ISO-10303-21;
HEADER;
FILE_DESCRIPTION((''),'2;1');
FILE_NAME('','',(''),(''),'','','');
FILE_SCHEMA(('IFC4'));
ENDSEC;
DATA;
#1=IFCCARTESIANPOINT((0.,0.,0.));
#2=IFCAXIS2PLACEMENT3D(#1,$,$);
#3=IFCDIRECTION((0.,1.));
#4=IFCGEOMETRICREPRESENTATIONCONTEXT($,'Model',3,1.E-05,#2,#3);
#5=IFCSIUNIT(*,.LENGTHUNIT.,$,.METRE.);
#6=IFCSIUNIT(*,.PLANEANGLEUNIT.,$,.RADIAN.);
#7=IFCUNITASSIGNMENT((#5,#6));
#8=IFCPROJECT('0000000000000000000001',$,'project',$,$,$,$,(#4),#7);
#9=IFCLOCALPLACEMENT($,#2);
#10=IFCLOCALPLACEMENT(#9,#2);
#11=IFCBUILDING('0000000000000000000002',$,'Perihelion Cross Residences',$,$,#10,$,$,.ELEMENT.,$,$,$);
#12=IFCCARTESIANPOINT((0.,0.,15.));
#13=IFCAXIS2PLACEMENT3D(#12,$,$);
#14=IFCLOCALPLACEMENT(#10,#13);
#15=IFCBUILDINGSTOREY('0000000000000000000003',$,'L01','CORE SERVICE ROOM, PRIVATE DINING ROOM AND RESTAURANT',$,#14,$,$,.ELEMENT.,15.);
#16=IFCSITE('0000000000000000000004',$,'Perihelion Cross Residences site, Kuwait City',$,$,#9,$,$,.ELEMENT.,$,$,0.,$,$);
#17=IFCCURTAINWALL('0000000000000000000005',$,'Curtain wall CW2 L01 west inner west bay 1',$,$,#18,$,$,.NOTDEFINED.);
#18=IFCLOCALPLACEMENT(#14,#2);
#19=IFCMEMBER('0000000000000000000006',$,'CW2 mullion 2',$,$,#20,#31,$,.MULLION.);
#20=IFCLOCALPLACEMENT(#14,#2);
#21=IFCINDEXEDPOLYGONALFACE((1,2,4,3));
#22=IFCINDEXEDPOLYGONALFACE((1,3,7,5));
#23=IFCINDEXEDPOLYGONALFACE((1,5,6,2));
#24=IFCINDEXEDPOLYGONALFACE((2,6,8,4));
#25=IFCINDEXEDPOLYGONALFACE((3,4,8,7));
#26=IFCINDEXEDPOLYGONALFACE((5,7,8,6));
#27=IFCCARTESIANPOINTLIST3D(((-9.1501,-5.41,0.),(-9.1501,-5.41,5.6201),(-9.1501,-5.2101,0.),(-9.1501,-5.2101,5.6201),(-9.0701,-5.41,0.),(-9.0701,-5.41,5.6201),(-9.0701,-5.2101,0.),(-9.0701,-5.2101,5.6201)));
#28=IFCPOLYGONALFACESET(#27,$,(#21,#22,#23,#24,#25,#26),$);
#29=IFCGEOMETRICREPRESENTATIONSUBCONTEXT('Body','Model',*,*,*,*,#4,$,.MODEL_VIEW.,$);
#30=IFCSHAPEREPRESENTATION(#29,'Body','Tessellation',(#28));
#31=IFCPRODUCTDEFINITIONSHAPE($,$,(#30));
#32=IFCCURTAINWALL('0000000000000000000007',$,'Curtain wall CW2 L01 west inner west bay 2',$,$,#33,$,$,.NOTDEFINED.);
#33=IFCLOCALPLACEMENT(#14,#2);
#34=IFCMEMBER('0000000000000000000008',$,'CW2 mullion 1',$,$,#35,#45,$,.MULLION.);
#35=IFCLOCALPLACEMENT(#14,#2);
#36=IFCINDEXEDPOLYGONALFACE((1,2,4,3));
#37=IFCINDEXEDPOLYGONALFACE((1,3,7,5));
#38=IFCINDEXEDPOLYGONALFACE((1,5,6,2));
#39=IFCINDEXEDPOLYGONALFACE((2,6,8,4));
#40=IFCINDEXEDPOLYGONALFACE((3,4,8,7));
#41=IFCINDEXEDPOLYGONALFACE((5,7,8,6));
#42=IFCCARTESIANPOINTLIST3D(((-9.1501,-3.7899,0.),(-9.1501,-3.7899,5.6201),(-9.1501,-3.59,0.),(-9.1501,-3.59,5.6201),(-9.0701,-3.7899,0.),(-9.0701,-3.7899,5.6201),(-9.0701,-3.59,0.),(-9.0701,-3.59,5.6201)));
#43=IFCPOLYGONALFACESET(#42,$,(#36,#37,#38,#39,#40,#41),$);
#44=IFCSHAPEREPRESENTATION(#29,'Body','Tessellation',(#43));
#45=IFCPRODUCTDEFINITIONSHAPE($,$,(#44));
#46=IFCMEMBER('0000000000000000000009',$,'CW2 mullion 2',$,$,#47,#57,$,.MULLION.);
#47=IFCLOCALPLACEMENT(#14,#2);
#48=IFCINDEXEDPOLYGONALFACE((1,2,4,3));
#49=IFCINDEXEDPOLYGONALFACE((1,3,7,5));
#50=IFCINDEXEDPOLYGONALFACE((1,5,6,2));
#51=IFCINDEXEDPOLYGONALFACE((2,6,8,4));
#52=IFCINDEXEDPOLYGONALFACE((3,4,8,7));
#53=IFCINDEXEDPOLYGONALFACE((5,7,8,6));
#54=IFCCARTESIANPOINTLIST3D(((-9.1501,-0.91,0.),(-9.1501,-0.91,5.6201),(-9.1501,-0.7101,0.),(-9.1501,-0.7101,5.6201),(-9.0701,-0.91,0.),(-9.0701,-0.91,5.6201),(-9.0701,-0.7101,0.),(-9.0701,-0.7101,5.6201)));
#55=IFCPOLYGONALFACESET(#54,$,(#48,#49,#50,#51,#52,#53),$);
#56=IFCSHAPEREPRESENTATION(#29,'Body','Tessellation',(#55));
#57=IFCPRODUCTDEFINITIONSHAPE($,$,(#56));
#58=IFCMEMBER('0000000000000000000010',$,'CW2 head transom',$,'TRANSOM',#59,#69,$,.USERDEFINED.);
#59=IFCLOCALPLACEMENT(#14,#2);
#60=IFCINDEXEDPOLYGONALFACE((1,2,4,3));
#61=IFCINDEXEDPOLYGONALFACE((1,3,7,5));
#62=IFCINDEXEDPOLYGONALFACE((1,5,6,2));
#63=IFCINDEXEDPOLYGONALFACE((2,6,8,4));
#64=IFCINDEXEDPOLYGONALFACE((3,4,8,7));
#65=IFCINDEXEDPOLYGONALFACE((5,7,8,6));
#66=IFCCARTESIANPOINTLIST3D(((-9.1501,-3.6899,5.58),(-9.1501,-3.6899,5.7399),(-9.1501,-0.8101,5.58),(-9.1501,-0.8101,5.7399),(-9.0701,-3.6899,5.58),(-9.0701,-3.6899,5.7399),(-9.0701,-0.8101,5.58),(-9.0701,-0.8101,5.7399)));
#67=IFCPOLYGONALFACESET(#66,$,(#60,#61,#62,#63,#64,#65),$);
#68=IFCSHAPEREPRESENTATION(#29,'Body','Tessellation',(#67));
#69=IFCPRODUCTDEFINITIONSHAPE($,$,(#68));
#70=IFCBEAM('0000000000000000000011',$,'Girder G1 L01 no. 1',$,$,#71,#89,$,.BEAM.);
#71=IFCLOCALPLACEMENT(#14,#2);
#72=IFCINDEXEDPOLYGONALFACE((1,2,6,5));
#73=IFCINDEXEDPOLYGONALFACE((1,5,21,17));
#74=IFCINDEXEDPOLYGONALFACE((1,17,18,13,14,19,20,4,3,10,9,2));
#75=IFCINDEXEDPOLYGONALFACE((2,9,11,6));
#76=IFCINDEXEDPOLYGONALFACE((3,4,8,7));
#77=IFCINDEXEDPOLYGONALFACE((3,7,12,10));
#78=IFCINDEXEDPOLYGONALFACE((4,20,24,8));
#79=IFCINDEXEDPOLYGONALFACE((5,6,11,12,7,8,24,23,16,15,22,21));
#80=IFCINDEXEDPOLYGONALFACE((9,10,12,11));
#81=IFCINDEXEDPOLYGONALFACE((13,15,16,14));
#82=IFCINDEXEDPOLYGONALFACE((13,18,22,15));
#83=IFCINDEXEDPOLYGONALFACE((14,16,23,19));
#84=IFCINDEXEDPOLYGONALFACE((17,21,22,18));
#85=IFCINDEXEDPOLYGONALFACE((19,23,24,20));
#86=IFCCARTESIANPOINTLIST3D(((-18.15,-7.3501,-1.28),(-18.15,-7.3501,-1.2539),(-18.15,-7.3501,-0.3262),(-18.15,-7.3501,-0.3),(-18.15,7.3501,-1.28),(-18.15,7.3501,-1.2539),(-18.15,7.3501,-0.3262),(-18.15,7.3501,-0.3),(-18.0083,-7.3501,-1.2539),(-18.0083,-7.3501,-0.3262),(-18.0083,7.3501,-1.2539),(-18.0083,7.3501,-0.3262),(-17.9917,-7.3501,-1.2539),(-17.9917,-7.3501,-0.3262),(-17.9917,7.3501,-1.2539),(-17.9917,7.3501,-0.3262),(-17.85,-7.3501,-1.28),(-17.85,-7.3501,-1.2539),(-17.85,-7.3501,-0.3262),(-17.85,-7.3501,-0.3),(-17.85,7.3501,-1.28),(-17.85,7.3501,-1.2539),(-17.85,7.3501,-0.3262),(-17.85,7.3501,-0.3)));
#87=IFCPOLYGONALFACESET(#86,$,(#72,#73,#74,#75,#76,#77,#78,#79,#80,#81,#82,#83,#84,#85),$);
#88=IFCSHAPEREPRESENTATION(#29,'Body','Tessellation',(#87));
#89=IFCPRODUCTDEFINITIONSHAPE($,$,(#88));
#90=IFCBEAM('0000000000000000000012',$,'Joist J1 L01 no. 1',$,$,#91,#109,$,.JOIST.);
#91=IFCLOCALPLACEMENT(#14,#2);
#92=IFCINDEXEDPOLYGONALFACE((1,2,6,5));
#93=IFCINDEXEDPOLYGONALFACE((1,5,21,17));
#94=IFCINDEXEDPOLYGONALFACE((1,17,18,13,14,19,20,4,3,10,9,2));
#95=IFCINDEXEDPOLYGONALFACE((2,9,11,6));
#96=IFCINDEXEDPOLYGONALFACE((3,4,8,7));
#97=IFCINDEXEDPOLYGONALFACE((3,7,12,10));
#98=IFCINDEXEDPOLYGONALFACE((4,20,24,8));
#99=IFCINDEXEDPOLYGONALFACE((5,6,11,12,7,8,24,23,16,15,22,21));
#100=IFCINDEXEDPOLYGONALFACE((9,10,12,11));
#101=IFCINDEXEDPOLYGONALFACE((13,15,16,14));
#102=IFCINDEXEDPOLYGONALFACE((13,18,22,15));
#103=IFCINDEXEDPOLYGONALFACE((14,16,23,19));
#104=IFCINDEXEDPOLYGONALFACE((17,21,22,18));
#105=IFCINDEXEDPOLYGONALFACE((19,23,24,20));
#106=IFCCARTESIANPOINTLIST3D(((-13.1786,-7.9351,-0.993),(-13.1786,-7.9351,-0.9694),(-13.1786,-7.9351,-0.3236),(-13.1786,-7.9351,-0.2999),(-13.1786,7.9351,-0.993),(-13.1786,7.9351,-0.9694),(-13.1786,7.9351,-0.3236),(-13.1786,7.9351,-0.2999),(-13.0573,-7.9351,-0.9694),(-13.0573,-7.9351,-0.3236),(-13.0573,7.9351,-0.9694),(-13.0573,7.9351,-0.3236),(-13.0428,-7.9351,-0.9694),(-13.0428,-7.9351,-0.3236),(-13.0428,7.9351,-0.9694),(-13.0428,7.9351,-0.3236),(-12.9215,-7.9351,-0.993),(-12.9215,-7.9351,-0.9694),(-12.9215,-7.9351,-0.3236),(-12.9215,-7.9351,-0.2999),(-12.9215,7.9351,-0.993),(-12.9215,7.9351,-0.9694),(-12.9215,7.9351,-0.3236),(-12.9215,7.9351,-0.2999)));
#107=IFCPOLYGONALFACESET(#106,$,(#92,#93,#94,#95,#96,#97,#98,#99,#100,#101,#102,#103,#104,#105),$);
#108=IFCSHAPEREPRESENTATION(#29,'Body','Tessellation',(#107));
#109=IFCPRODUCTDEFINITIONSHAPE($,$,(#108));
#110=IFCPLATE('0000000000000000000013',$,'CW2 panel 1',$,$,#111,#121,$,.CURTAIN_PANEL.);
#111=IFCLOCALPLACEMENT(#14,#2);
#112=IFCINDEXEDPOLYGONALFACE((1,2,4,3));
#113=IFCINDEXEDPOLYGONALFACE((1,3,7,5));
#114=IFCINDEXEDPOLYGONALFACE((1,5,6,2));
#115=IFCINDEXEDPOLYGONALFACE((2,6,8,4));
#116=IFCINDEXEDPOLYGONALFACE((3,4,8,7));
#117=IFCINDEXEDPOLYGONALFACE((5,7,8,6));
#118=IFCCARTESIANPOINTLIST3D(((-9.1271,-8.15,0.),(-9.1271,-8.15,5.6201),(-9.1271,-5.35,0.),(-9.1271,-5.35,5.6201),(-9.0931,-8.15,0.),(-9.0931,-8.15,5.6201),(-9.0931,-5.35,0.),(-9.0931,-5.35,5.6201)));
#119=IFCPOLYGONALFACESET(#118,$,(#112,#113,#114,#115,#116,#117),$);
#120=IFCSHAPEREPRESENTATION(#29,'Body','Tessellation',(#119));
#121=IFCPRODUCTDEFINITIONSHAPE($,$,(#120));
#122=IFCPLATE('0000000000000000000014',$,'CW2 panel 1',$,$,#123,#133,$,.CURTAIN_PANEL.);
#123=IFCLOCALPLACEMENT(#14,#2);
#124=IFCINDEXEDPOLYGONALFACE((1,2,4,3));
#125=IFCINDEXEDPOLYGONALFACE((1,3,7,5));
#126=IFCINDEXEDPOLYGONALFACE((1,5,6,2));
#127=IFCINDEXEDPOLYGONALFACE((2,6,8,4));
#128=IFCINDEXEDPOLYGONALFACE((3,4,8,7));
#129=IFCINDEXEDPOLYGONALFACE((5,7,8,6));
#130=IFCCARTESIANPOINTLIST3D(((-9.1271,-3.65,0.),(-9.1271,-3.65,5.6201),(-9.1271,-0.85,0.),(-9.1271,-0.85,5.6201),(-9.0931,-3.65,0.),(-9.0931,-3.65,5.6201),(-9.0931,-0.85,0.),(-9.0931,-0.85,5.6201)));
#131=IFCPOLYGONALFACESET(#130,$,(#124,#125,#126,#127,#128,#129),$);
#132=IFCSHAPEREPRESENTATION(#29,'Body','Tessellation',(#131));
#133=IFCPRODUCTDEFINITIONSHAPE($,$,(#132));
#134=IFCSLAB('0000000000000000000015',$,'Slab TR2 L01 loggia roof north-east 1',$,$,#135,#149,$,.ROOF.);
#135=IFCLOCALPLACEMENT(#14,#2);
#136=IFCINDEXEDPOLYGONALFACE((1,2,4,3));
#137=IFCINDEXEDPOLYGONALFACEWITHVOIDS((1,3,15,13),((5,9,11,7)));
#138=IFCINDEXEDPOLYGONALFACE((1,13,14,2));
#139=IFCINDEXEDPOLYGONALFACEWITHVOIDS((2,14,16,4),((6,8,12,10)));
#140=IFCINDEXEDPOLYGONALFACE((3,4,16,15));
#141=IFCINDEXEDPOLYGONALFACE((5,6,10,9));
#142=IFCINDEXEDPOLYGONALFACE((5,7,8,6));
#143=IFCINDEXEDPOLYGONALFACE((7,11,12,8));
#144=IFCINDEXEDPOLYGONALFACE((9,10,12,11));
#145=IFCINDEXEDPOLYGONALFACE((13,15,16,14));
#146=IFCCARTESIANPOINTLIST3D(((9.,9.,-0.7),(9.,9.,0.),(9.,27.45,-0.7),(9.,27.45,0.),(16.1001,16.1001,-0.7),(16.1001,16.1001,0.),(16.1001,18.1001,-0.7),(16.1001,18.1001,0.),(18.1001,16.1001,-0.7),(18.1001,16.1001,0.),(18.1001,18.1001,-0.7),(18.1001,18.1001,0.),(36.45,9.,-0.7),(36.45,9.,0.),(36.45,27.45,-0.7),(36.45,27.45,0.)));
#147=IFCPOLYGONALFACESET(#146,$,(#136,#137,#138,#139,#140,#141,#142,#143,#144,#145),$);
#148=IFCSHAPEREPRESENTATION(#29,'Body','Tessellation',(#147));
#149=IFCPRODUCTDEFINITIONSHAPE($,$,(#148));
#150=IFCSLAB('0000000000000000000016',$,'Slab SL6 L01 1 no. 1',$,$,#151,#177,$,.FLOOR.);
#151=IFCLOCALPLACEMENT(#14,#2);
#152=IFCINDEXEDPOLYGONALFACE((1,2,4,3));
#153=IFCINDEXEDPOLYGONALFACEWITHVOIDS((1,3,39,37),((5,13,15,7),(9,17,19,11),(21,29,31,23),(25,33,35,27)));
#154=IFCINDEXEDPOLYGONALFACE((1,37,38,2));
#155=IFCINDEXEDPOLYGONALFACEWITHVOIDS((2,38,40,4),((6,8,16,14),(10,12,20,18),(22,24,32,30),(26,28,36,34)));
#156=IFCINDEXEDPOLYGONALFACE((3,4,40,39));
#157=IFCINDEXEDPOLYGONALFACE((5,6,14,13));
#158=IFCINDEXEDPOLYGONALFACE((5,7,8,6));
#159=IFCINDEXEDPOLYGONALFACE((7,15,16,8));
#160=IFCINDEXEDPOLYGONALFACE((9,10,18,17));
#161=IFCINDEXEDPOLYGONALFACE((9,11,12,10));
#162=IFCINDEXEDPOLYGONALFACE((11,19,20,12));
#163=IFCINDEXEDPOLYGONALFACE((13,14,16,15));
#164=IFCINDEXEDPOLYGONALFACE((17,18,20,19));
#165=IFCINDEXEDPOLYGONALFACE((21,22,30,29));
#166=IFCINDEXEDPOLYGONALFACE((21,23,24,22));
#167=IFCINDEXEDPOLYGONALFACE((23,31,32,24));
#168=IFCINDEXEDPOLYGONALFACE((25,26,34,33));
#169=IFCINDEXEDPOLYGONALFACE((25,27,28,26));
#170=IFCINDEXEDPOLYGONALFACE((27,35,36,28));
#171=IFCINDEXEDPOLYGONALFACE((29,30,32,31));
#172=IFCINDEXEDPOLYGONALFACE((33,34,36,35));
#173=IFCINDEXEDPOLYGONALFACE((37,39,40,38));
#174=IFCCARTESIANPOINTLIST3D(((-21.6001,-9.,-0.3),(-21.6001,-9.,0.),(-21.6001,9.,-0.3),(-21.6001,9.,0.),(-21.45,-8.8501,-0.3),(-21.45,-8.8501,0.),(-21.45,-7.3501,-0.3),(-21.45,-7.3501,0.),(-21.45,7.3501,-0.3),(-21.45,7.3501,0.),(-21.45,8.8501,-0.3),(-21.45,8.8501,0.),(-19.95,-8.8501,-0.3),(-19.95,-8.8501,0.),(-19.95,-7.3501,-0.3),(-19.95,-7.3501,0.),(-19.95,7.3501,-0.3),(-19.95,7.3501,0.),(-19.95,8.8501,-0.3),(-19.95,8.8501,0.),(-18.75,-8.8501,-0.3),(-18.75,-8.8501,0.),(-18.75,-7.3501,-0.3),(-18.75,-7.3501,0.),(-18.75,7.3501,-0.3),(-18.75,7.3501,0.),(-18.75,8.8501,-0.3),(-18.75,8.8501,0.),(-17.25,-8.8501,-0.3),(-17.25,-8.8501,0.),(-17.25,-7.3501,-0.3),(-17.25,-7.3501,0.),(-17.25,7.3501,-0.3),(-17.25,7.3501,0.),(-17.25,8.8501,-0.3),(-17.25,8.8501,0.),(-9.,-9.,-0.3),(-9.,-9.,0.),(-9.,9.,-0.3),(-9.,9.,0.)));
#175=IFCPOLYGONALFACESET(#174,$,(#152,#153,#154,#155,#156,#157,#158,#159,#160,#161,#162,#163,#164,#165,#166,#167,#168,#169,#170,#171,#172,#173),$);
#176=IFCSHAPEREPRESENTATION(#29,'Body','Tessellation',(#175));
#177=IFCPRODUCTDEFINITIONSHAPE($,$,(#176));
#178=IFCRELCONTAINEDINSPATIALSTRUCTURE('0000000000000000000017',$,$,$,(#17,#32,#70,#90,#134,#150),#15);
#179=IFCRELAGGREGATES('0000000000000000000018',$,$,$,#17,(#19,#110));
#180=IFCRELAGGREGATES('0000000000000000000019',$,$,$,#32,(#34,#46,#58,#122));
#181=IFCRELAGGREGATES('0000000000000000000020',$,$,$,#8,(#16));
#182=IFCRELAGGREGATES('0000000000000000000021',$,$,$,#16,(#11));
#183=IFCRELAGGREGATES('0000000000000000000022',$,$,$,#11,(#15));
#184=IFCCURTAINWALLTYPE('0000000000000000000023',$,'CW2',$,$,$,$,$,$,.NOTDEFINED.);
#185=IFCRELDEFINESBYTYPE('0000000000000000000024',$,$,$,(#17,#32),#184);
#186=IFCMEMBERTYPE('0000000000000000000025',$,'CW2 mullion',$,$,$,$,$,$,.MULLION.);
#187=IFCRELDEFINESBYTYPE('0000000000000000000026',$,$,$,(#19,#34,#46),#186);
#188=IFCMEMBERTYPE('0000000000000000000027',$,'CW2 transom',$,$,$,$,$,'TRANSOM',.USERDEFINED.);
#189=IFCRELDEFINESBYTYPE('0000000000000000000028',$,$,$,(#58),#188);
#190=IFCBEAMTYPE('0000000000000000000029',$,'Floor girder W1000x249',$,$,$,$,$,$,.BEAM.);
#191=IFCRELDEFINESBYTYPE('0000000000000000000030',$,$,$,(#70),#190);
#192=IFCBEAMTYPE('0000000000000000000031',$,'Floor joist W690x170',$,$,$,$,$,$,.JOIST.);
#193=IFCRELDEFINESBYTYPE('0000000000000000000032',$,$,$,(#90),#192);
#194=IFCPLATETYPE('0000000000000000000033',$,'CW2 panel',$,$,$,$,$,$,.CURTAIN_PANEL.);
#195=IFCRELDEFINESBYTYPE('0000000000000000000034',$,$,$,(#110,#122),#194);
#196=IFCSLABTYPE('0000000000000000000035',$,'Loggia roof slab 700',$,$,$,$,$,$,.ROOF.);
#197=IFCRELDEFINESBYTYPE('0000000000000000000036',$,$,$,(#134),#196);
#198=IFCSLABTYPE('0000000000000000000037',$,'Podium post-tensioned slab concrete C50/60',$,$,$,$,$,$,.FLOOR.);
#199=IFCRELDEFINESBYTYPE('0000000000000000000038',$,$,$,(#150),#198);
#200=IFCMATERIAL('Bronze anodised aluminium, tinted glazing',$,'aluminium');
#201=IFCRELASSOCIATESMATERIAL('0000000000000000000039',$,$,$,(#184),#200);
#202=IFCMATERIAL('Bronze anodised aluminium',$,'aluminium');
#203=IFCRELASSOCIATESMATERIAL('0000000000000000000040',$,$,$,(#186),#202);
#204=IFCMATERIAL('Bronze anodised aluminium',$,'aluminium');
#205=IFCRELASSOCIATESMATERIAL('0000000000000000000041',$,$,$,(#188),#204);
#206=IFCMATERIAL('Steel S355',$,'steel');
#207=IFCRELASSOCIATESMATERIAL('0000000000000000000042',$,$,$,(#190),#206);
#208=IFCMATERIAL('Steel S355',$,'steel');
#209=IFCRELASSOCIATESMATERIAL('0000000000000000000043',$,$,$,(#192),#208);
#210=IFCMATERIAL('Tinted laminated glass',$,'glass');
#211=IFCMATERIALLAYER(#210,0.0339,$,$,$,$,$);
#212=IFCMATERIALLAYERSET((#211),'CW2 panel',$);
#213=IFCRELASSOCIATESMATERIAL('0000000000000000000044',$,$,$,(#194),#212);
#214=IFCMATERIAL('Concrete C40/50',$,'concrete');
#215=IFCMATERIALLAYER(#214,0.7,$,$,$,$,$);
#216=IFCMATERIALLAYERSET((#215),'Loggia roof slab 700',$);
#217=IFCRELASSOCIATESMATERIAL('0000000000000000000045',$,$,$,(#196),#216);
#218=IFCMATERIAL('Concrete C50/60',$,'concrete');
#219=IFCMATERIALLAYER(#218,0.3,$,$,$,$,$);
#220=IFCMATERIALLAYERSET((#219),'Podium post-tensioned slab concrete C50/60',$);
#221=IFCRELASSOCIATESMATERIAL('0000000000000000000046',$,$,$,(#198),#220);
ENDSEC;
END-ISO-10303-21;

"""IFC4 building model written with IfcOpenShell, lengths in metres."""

from ifc_helpers import new_model, si_unit, direction, frame, origin, origin_2d, place, context, subcontext, project, spatial, polyline, rectangle, i_section, outline, extrude, material, layer, layer_set, material_profile, profile_set, type_object, element, aggregate, save


model = new_model("IFC4")

# Units and contexts
model_context = context("Model", 3, precision=1e-05, world=origin(), true_north=direction((0.0, 1.0)))
body_context = subcontext(model_context, "Body", "Model", "MODEL_VIEW")
ifc_project = project(units=[si_unit("LENGTHUNIT", "METRE"), si_unit("PLANEANGLEUNIT", "RADIAN")], contexts=[model_context])

# Site, building, storey
site_placement = place(None, origin())
site = spatial("IfcSite", under=ifc_project, at=site_placement, Name="Perihelion Cross Residences site, Kuwait City", CompositionType="ELEMENT", RefElevation=0.0)
building_placement = place(site_placement, origin())
building = spatial("IfcBuilding", under=site, at=building_placement, Name="Perihelion Cross Residences", CompositionType="ELEMENT")
storey_placement = place(building_placement, frame((0.0, 0.0, 15.0)))
storey = spatial("IfcBuildingStorey", under=building, at=storey_placement, Name="L01", Description="CORE SERVICE ROOM, PRIVATE DINING ROOM AND RESTAURANT", CompositionType="ELEMENT", Elevation=15.0)

# Curtain wall, member
ifc_material_1 = material(Name="Bronze anodised aluminium, tinted glazing", Category="aluminium")
curtain_wall_type = type_object("IfcCurtainWallType", Name="CW2", PredefinedType="NOTDEFINED", material=ifc_material_1)
curtain_wall_1_placement = place(storey_placement, origin())
curtain_wall_1 = element("IfcCurtainWall", 1, at=curtain_wall_1_placement, inside=storey, type_object=curtain_wall_type, Name="Curtain wall CW2 L01 west inner west bay 1", PredefinedType="NOTDEFINED")
ifc_material_2 = material(Name="Bronze anodised aluminium", Category="aluminium")
ifc_material_profile_1 = material_profile(ifc_material_2, rectangle(XDim=0.0801, YDim=0.2, at=origin_2d()), Name="CW2 mullion")
ifc_profile_set_1 = profile_set([ifc_material_profile_1], Name="Bronze anodised aluminium")
member_type_1 = type_object("IfcMemberType", Name="CW2 mullion", PredefinedType="MULLION", material=ifc_profile_set_1)
member_1_placement = place(storey_placement, frame((-9.1101, -5.3101, 0.0), z_axis=(0.0, 0.0, 1.0), x_axis=(-1.0, 0.0, 0.0)))
member_1 = element("IfcMember", 2, at=member_1_placement, type_object=member_type_1, Name="CW2 mullion 2", PredefinedType="MULLION", context=body_context, shape_type="SweptSolid", body=[
    extrude(rectangle(XDim=0.0801, YDim=0.2, at=origin_2d()), origin(), (0.0, 0.0, 1.0), 5.6201),
])

# Curtain wall, members
curtain_wall_2_placement = place(storey_placement, origin())
curtain_wall_2 = element("IfcCurtainWall", 3, at=curtain_wall_2_placement, inside=storey, type_object=curtain_wall_type, Name="Curtain wall CW2 L01 west inner west bay 2", PredefinedType="NOTDEFINED")
member_2_placement = place(storey_placement, frame((-9.1101, -3.6899, 0.0), z_axis=(0.0, 0.0, 1.0), x_axis=(-1.0, 0.0, 0.0)))
member_2 = element("IfcMember", 4, at=member_2_placement, type_object=member_type_1, Name="CW2 mullion 1", PredefinedType="MULLION", context=body_context, shape_type="SweptSolid", body=[
    extrude(rectangle(XDim=0.0801, YDim=0.2, at=origin_2d()), origin(), (0.0, 0.0, 1.0), 5.6201),
])
member_3_placement = place(storey_placement, frame((-9.1101, -0.8101, 0.0), z_axis=(0.0, 0.0, 1.0), x_axis=(-1.0, 0.0, 0.0)))
member_3 = element("IfcMember", 5, at=member_3_placement, type_object=member_type_1, Name="CW2 mullion 2", PredefinedType="MULLION", context=body_context, shape_type="SweptSolid", body=[
    extrude(rectangle(XDim=0.0801, YDim=0.2, at=origin_2d()), origin(), (0.0, 0.0, 1.0), 5.6201),
])
ifc_material_3 = material(Name="Bronze anodised aluminium", Category="aluminium")
ifc_material_profile_2 = material_profile(ifc_material_3, rectangle(XDim=0.0801, YDim=0.1599, at=origin_2d()), Name="CW2 transom")
ifc_profile_set_2 = profile_set([ifc_material_profile_2], Name="Bronze anodised aluminium")
member_type_2 = type_object("IfcMemberType", Name="CW2 transom", ElementType="TRANSOM", PredefinedType="USERDEFINED", material=ifc_profile_set_2)
member_4_placement = place(storey_placement, frame((-9.1101, -3.6899, 5.6599), z_axis=(0.0, 1.0, 0.0), x_axis=(-1.0, 0.0, 0.0)))
member_4 = element("IfcMember", 6, at=member_4_placement, type_object=member_type_2, Name="CW2 head transom", ObjectType="TRANSOM", PredefinedType="USERDEFINED", context=body_context, shape_type="SweptSolid", body=[
    extrude(rectangle(XDim=0.0801, YDim=0.1599, at=origin_2d()), origin(), (0.0, 0.0, 1.0), 2.8799),
])

# Beams
ifc_material_4 = material(Name="Steel S355", Category="steel")
ifc_material_profile_3 = material_profile(ifc_material_4, i_section(OverallWidth=0.3, OverallDepth=0.98, WebThickness=0.0166, FlangeThickness=0.0261, at=origin_2d()), Name="W1000x249")
ifc_profile_set_3 = profile_set([ifc_material_profile_3], Name="Steel S355")
beam_type_1 = type_object("IfcBeamType", Name="Floor girder W1000x249", PredefinedType="BEAM", material=ifc_profile_set_3)
beam_1_placement = place(storey_placement, frame((-18.0, -7.3501, -0.79), z_axis=(0.0, 1.0, 0.0), x_axis=(-1.0, 0.0, 0.0)))
element("IfcBeam", 7, at=beam_1_placement, inside=storey, type_object=beam_type_1, Name="Girder G1 L01 no. 1", PredefinedType="BEAM", context=body_context, shape_type="SweptSolid", body=[
    extrude(i_section(OverallWidth=0.3, OverallDepth=0.98, WebThickness=0.0166, FlangeThickness=0.0261, at=origin_2d()), origin(), (0.0, 0.0, 1.0), 14.7002),
])
ifc_material_5 = material(Name="Steel S355", Category="steel")
ifc_material_profile_4 = material_profile(ifc_material_5, i_section(OverallWidth=0.2571, OverallDepth=0.6931, WebThickness=0.0144, FlangeThickness=0.0237, at=origin_2d()), Name="W690x170")
ifc_profile_set_4 = profile_set([ifc_material_profile_4], Name="Steel S355")
beam_type_2 = type_object("IfcBeamType", Name="Floor joist W690x170", PredefinedType="JOIST", material=ifc_profile_set_4)
beam_2_placement = place(storey_placement, frame((-13.05, -7.9351, -0.6465), z_axis=(0.0, 1.0, 0.0), x_axis=(-1.0, 0.0, 0.0)))
element("IfcBeam", 8, at=beam_2_placement, inside=storey, type_object=beam_type_2, Name="Joist J1 L01 no. 1", PredefinedType="JOIST", context=body_context, shape_type="SweptSolid", body=[
    extrude(i_section(OverallWidth=0.2571, OverallDepth=0.6931, WebThickness=0.0144, FlangeThickness=0.0237, at=origin_2d()), origin(), (0.0, 0.0, 1.0), 15.8701),
])

# Plates
ifc_material_6 = material(Name="Tinted laminated glass", Category="glass")
ifc_layer_1 = layer(ifc_material_6, 0.0339)
ifc_layer_set_1 = layer_set([ifc_layer_1], Name="CW2 panel")
plate_type = type_object("IfcPlateType", Name="CW2 panel", PredefinedType="CURTAIN_PANEL", material=ifc_layer_set_1)
plate_1_placement = place(storey_placement, frame((-9.1101, -6.75, 0.0), z_axis=(0.0, 0.0, 1.0), x_axis=(0.0, 1.0, 0.0)))
plate_1 = element("IfcPlate", 9, at=plate_1_placement, type_object=plate_type, Name="CW2 panel 1", PredefinedType="CURTAIN_PANEL", context=body_context, shape_type="SweptSolid", body=[
    extrude(rectangle(XDim=2.8, YDim=0.0339, at=origin_2d()), origin(), (0.0, 0.0, 1.0), 5.6201),
])
aggregate(curtain_wall_1, [member_1, plate_1])
plate_2_placement = place(storey_placement, frame((-9.1101, -2.25, 0.0), z_axis=(0.0, 0.0, 1.0), x_axis=(0.0, 1.0, 0.0)))
plate_2 = element("IfcPlate", 10, at=plate_2_placement, type_object=plate_type, Name="CW2 panel 1", PredefinedType="CURTAIN_PANEL", context=body_context, shape_type="SweptSolid", body=[
    extrude(rectangle(XDim=2.8, YDim=0.0339, at=origin_2d()), origin(), (0.0, 0.0, 1.0), 5.6201),
])
aggregate(curtain_wall_2, [member_2, member_3, member_4, plate_2])

# Slabs
ifc_material_7 = material(Name="Concrete C40/50", Category="concrete")
ifc_layer_2 = layer(ifc_material_7, 0.7)
ifc_layer_set_2 = layer_set([ifc_layer_2], Name="Loggia roof slab 700")
slab_type_1 = type_object("IfcSlabType", Name="Loggia roof slab 700", PredefinedType="ROOF", material=ifc_layer_set_2)
slab_1_placement = place(storey_placement, frame((0.0, 0.0, -0.7)))
element("IfcSlab", 11, at=slab_1_placement, inside=storey, type_object=slab_type_1, Name="Slab TR2 L01 loggia roof north-east 1", PredefinedType="ROOF", context=body_context, shape_type="SweptSolid", body=[
    extrude(outline(polyline([(9.0, 9.0), (9.0, 27.45), (36.45, 27.45), (36.45, 9.0), (9.0, 9.0)]), holes=[polyline([(18.1001, 18.1001), (16.1001, 18.1001), (16.1001, 16.1001), (18.1001, 16.1001), (18.1001, 18.1001)])]), origin(), (0.0, 0.0, 1.0), 0.7),
])
ifc_material_8 = material(Name="Concrete C50/60", Category="concrete")
ifc_layer_3 = layer(ifc_material_8, 0.3)
ifc_layer_set_3 = layer_set([ifc_layer_3], Name="Podium post-tensioned slab concrete C50/60")
slab_type_2 = type_object("IfcSlabType", Name="Podium post-tensioned slab concrete C50/60", PredefinedType="FLOOR", material=ifc_layer_set_3)
slab_2_placement = place(storey_placement, frame((0.0, 0.0, -0.3)))
element("IfcSlab", 12, at=slab_2_placement, inside=storey, type_object=slab_type_2, Name="Slab SL6 L01 1 no. 1", PredefinedType="FLOOR", context=body_context, shape_type="SweptSolid", body=[
    extrude(outline(polyline([(-9.0, 9.0), (-9.0, -9.0), (-21.6001, -9.0), (-21.6001, 9.0), (-9.0, 9.0)]), holes=[polyline([(-21.45, -7.3501), (-21.45, -8.8501), (-19.95, -8.8501), (-19.95, -7.3501), (-21.45, -7.3501)]), polyline([(-18.75, -7.3501), (-18.75, -8.8501), (-17.25, -8.8501), (-17.25, -7.3501), (-18.75, -7.3501)]), polyline([(-21.45, 8.8501), (-21.45, 7.3501), (-19.95, 7.3501), (-19.95, 8.8501), (-21.45, 8.8501)]), polyline([(-18.75, 8.8501), (-18.75, 7.3501), (-17.25, 7.3501), (-17.25, 8.8501), (-18.75, 8.8501)])]), origin(), (0.0, 0.0, 1.0), 0.3),
])

save(model, "model.ifc")
